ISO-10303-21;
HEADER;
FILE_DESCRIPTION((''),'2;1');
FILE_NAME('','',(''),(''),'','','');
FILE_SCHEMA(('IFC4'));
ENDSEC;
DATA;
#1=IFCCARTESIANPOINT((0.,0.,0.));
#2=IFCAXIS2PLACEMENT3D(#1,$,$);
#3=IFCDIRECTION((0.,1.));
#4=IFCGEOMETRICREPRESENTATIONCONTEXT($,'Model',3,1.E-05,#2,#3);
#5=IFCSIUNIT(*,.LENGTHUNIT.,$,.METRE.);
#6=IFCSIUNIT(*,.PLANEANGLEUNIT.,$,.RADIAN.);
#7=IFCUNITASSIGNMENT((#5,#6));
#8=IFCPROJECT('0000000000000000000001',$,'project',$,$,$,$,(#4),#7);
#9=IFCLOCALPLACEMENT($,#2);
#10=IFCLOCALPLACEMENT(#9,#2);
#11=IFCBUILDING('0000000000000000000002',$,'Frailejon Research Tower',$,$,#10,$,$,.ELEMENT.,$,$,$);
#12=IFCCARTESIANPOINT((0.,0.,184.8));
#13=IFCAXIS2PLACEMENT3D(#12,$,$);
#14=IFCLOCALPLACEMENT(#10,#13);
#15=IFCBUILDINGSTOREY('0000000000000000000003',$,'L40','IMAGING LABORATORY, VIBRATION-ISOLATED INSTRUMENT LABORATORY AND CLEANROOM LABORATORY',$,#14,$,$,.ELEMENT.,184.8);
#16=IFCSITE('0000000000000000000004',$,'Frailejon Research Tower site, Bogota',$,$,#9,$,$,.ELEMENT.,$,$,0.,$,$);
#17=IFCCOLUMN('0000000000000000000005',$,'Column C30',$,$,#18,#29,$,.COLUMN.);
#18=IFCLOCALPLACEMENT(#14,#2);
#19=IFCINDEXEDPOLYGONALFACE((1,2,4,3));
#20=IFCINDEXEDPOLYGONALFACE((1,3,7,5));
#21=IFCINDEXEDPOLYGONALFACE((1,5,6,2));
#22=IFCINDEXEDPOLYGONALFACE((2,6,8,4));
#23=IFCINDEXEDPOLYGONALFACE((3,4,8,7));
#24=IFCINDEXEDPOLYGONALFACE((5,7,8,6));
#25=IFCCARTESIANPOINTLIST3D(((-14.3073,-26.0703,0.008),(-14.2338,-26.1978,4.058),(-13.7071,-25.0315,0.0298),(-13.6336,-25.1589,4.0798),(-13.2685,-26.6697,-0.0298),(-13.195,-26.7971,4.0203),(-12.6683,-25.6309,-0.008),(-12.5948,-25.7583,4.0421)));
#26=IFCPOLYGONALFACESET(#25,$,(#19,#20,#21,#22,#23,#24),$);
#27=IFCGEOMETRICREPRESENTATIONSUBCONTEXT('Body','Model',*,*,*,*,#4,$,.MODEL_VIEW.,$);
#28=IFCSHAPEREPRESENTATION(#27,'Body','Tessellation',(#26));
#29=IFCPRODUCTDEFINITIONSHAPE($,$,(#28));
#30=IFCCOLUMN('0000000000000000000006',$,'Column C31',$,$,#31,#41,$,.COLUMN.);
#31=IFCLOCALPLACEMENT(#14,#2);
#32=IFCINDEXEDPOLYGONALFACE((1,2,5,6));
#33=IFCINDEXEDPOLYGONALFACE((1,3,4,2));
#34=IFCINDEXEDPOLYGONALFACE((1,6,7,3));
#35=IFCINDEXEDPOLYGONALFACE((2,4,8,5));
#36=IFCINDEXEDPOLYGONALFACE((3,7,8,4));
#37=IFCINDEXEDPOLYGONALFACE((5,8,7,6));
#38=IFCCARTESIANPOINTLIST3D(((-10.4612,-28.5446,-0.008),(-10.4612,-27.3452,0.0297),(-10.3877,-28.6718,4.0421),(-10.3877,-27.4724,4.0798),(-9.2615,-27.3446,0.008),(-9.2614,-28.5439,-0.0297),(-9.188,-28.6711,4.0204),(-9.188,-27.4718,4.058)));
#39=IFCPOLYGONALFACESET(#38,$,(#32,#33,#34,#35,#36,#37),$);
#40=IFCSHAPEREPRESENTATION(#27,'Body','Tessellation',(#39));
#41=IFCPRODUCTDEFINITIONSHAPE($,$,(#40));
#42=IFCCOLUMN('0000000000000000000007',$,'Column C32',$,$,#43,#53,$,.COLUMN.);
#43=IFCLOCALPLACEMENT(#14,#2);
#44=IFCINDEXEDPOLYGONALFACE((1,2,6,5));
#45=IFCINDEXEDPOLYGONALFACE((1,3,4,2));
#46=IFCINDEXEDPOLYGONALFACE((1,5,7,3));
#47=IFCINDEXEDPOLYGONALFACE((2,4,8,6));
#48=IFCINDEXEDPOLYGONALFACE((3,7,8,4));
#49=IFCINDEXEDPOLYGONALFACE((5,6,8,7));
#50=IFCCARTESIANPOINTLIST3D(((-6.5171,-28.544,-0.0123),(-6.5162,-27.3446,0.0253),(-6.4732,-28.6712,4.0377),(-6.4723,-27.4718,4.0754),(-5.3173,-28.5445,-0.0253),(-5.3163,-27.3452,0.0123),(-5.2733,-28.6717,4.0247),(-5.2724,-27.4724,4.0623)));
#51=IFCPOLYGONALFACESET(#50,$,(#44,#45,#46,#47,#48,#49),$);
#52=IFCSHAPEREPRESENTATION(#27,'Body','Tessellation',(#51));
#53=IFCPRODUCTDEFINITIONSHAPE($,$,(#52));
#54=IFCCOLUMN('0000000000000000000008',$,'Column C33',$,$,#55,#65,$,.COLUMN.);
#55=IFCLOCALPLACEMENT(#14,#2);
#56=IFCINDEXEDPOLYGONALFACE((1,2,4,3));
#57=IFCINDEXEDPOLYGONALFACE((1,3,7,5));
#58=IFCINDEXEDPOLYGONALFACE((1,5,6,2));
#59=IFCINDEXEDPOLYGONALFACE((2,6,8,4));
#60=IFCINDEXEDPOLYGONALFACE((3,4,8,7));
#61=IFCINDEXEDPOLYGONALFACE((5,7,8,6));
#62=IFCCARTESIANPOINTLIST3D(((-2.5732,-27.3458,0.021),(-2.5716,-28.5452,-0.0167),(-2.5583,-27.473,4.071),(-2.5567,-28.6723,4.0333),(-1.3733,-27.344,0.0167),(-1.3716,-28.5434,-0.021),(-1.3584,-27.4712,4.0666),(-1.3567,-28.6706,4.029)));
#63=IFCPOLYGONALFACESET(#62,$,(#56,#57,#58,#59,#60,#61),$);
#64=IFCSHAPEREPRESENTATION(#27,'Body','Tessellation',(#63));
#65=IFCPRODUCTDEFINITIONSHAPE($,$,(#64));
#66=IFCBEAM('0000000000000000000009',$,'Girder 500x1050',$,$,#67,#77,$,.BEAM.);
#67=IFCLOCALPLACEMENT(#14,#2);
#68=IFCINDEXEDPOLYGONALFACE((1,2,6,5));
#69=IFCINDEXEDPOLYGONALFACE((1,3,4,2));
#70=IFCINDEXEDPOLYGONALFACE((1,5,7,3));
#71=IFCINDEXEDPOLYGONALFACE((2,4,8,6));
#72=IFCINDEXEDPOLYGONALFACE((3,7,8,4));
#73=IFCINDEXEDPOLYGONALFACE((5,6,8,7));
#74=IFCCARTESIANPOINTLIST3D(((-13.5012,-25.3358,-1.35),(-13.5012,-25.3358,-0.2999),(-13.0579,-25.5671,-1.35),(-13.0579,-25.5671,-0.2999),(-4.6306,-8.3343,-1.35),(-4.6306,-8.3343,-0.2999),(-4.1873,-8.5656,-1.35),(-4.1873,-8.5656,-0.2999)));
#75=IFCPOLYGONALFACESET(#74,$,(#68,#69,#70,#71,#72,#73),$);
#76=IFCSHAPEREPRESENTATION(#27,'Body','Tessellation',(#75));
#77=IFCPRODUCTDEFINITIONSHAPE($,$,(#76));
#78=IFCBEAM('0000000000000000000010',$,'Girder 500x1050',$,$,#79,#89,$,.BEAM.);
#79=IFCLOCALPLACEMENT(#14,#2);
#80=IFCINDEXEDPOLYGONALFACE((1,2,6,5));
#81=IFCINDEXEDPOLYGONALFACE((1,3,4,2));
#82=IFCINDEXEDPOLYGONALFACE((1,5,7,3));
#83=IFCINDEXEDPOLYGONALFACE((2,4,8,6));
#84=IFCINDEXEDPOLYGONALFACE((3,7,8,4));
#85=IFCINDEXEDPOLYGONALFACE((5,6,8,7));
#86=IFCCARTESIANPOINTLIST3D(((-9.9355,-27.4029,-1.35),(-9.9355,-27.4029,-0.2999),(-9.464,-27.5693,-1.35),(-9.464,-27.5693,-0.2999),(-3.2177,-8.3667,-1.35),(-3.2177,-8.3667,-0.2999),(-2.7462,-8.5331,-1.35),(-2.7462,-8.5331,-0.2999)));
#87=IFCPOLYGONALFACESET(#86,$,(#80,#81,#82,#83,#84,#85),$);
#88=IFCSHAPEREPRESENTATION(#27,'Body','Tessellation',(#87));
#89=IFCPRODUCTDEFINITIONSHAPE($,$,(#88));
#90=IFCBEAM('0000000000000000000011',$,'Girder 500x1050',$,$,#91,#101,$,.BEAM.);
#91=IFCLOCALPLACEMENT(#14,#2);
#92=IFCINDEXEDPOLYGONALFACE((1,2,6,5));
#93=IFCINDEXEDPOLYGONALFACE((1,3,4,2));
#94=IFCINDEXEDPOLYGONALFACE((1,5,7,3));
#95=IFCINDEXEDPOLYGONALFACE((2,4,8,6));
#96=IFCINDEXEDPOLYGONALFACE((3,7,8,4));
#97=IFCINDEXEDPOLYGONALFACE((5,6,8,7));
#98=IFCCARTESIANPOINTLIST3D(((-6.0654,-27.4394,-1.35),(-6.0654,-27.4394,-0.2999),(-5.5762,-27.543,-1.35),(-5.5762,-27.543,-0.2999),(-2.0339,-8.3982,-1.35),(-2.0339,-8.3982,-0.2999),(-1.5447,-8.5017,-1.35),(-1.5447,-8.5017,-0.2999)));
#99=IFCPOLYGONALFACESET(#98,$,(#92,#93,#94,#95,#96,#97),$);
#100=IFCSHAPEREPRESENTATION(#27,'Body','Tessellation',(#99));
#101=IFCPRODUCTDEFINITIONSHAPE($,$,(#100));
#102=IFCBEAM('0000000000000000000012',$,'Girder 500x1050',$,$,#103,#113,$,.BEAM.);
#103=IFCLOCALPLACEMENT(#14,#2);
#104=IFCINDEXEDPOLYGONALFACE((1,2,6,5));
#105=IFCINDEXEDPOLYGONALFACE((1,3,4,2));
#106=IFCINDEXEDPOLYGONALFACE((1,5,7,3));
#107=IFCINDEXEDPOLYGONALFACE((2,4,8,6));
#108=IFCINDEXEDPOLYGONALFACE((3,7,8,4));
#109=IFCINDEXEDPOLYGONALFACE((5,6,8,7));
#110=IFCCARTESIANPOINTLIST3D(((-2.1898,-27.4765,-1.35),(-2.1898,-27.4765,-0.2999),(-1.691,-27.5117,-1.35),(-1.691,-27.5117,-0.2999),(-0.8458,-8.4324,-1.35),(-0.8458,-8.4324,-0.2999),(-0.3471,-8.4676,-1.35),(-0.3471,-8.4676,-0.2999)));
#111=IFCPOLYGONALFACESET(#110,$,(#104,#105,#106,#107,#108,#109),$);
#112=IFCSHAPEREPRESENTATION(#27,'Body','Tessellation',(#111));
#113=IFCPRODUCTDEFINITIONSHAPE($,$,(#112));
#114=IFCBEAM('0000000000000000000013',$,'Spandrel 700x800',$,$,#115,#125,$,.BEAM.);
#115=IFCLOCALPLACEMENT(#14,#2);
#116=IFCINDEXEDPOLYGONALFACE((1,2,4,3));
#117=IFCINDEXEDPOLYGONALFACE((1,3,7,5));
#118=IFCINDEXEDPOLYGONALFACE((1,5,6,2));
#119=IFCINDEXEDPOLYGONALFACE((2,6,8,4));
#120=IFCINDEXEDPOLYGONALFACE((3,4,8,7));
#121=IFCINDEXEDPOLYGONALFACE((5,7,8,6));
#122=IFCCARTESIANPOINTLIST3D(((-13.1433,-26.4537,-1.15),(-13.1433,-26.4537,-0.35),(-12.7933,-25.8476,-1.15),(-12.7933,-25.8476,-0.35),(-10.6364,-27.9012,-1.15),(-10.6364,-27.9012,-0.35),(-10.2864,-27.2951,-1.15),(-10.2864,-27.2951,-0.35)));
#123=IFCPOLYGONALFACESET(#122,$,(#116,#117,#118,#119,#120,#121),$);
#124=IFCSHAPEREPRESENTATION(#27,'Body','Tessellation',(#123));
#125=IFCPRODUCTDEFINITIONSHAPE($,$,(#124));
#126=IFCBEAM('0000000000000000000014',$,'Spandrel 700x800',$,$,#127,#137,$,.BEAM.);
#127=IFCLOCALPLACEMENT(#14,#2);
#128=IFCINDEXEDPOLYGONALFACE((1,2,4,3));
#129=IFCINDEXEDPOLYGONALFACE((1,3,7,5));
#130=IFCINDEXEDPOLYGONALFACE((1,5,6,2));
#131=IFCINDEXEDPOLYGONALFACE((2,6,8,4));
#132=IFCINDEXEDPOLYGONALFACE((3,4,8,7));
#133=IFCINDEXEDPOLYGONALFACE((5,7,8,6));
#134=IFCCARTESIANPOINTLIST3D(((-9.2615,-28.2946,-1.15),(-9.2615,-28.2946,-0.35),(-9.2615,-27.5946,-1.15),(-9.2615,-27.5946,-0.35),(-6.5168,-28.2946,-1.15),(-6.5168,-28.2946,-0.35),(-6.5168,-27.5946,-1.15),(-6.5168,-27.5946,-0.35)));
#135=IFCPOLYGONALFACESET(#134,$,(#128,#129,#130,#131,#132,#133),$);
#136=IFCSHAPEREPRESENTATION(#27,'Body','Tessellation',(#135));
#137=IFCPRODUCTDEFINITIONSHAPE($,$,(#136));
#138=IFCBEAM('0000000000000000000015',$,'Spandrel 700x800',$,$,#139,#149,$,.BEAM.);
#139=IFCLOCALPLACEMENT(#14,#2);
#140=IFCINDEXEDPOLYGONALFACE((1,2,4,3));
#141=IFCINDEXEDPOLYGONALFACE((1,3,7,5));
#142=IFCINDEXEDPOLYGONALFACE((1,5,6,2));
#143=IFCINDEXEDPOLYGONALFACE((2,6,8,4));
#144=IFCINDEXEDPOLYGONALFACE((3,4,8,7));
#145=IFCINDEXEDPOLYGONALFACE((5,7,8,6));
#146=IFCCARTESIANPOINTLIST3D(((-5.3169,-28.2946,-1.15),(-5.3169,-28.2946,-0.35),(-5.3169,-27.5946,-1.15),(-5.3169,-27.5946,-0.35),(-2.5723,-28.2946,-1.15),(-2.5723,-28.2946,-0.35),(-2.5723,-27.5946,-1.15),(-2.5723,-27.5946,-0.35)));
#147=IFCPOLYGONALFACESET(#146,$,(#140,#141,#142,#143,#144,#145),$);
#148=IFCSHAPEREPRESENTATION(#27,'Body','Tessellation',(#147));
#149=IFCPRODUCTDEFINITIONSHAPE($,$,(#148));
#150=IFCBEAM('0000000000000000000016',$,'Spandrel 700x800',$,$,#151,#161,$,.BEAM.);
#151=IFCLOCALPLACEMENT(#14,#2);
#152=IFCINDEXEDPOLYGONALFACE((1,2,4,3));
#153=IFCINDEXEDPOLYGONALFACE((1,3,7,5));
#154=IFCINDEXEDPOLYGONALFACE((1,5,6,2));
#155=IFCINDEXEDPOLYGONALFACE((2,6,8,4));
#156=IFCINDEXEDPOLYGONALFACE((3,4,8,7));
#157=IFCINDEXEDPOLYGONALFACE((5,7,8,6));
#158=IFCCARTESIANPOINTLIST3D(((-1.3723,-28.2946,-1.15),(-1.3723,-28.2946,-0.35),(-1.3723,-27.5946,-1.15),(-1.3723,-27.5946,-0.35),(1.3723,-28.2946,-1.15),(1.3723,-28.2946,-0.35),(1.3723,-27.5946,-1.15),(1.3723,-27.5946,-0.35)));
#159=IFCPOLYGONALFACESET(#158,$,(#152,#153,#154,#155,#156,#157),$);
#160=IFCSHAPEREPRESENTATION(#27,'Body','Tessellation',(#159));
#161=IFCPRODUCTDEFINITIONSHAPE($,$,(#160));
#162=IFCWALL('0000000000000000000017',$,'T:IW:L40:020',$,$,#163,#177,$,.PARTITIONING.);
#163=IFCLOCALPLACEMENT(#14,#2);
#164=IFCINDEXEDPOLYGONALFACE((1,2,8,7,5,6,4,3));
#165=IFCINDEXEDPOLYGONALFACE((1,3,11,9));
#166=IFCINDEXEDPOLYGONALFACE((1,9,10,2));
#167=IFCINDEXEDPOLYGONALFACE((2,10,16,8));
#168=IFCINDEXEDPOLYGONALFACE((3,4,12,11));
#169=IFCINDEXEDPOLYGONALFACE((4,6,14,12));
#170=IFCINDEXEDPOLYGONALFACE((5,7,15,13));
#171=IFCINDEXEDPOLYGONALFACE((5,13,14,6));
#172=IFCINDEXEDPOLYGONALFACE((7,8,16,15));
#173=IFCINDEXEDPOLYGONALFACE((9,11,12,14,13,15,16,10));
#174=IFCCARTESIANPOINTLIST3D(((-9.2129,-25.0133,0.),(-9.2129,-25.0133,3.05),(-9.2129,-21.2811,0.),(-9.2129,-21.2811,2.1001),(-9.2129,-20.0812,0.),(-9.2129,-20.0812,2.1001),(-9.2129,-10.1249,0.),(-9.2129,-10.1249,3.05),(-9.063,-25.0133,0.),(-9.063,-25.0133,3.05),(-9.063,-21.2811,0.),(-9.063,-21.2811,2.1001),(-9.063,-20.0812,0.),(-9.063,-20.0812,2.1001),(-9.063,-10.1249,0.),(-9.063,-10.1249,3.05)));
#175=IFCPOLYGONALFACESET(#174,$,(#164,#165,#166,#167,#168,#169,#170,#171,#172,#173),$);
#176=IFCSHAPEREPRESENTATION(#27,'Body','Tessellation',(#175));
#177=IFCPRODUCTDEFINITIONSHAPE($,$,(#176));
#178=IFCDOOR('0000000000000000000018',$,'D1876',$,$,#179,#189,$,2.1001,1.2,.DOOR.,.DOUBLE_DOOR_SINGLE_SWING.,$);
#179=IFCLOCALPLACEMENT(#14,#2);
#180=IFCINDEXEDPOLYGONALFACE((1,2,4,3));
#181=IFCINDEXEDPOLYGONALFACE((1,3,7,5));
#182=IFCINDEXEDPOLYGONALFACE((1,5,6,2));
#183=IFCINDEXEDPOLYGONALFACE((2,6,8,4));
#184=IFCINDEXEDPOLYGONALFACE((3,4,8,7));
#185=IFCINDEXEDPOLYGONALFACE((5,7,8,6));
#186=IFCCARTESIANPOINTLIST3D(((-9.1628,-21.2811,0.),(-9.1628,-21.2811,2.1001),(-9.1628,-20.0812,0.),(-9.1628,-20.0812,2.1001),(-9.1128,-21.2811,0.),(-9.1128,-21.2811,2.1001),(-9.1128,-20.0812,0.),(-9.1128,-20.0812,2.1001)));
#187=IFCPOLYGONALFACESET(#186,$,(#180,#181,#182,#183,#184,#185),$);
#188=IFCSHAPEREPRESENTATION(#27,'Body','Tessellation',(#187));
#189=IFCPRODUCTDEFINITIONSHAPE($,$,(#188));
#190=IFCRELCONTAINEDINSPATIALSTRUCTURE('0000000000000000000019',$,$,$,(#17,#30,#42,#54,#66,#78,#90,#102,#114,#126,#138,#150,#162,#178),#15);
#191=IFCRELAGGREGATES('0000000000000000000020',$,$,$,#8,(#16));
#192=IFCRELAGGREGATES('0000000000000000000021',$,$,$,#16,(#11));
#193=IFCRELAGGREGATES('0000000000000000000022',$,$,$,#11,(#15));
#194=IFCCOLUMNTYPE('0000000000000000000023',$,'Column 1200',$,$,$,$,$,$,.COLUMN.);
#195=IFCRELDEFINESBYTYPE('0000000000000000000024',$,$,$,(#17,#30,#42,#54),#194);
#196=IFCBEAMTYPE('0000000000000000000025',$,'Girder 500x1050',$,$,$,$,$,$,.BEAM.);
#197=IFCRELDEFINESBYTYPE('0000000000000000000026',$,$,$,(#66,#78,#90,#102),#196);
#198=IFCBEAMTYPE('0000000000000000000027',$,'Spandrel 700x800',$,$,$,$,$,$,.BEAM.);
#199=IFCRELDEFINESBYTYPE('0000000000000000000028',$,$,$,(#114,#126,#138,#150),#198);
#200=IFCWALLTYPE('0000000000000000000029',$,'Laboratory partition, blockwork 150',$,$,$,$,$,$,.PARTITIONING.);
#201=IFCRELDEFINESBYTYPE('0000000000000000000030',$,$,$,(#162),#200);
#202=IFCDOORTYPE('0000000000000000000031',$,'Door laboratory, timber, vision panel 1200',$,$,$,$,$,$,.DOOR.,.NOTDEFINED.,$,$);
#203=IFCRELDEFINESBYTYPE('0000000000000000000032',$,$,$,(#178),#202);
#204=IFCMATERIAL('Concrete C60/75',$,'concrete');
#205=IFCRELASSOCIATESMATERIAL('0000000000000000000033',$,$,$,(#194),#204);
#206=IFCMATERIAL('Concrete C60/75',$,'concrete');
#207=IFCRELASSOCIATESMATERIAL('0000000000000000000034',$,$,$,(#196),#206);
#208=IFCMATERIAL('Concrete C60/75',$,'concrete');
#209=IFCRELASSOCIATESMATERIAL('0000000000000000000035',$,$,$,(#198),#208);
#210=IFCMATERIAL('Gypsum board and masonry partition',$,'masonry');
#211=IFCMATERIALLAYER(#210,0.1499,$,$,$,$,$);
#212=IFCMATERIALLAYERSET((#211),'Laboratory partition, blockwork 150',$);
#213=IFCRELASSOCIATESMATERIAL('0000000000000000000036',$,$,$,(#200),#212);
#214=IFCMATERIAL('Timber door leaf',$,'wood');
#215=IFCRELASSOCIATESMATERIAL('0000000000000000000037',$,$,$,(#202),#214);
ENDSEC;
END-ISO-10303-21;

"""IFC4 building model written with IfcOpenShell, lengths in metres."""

from ifc_helpers import new_model, si_unit, direction, frame, frame_2d, origin, origin_2d, place, context, subcontext, project, spatial, rectangle, extrude, material, layer, layer_set, material_profile, profile_set, type_object, element, fill, save


model = new_model("IFC4")

# Units and contexts
model_context = context("Model", 3, precision=1e-05, world=origin(), true_north=direction((0.0, 1.0)))
body_context = subcontext(model_context, "Body", "Model", "MODEL_VIEW")
ifc_project = project(units=[si_unit("LENGTHUNIT", "METRE"), si_unit("PLANEANGLEUNIT", "RADIAN")], contexts=[model_context])

# Site, building, storey
site_placement = place(None, origin())
site = spatial("IfcSite", under=ifc_project, at=site_placement, Name="Frailejon Research Tower site, Bogota", CompositionType="ELEMENT", RefElevation=0.0)
building_placement = place(site_placement, origin())
building = spatial("IfcBuilding", under=site, at=building_placement, Name="Frailejon Research Tower", CompositionType="ELEMENT")
storey_placement = place(building_placement, frame((0.0, 0.0, 184.8)))
storey = spatial("IfcBuildingStorey", under=building, at=storey_placement, Name="L40", Description="IMAGING LABORATORY, VIBRATION-ISOLATED INSTRUMENT LABORATORY AND CLEANROOM LABORATORY", CompositionType="ELEMENT", Elevation=184.8)

# Columns
ifc_material_1 = material(Name="Concrete C60/75", Category="concrete")
ifc_material_profile_1 = material_profile(ifc_material_1, rectangle(XDim=1.2, YDim=1.2, at=origin_2d()), Name="Column 1200")
ifc_profile_set_1 = profile_set([ifc_material_profile_1], Name="Concrete C60/75")
column_type = type_object("IfcColumnType", Name="Column 1200", PredefinedType="COLUMN", material=ifc_profile_set_1)
for number, where, z_axis, x_axis, name in (
    (1, (-13.4878, -25.8506, 0.0), (0.018133, -0.031446, 0.999341), (0.865741, -0.499505, -0.031426), "Column C30"),
    (2, (-9.8613, -27.9446, 0.0), (0.018133, -0.031386, 0.999343), (0.999836, 0.000573, -0.018124), "Column C31"),
):
    element("IfcColumn", number, at=place(storey_placement, frame(where, z_axis=z_axis, x_axis=x_axis)), inside=storey, type_object=column_type, Name=name, PredefinedType="COLUMN", context=body_context, shape_type="SweptSolid", body=[
        extrude(rectangle(XDim=1.2, YDim=1.2, at=origin_2d()), origin(), (0.0, 0.0, 1.0), 4.0527),
    ])
column_1_placement = place(storey_placement, frame((-5.9167, -27.9446, 0.0), z_axis=(0.010845, -0.031389, 0.999448), x_axis=(0.999941, -0.000427, -0.010863)))
element("IfcColumn", 3, at=column_1_placement, inside=storey, type_object=column_type, Name="Column C32", PredefinedType="COLUMN", context=body_context, shape_type="SweptSolid", body=[
    extrude(rectangle(XDim=1.2, YDim=1.2, at=origin_2d()), origin(), (0.0, 0.0, 1.0), 4.0522),
])
column_2_placement = place(storey_placement, frame((-1.9724, -27.9446, 0.0), z_axis=(0.003675, -0.031391, 0.9995), x_axis=(0.999992, 0.001487, -0.00363)))
element("IfcColumn", 4, at=column_2_placement, inside=storey, type_object=column_type, Name="Column C33", PredefinedType="COLUMN", context=body_context, shape_type="SweptSolid", body=[
    extrude(rectangle(XDim=1.2, YDim=1.2, at=origin_2d()), origin(), (0.0, 0.0, 1.0), 4.052),
])

# Beams
ifc_material_2 = material(Name="Concrete C60/75", Category="concrete")
ifc_material_profile_2 = material_profile(ifc_material_2, rectangle(XDim=0.5, YDim=1.05, at=origin_2d()), Name="Girder 500x1050")
ifc_profile_set_2 = profile_set([ifc_material_profile_2], Name="Concrete C60/75")
beam_type_1 = type_object("IfcBeamType", Name="Girder 500x1050", PredefinedType="BEAM", material=ifc_profile_set_2)
beam_1_placement = place(storey_placement, frame((-13.2795, -25.4514, -0.825), z_axis=(0.462577, 0.886579, 0.0), x_axis=(-0.886579, 0.462577, 0.0)))
element("IfcBeam", 5, at=beam_1_placement, inside=storey, type_object=beam_type_1, Name="Girder 500x1050", PredefinedType="BEAM", context=body_context, shape_type="SweptSolid", body=[
    extrude(rectangle(XDim=0.5, YDim=1.05, at=origin_2d()), origin(), (0.0, 0.0, 1.0), 19.1765),
])
beam_2_placement = place(storey_placement, frame((-9.6997, -27.4861, -0.825), z_axis=(0.332782, 0.943004, 0.0), x_axis=(-0.943004, 0.332782, 0.0)))
element("IfcBeam", 6, at=beam_2_placement, inside=storey, type_object=beam_type_1, Name="Girder 500x1050", PredefinedType="BEAM", context=body_context, shape_type="SweptSolid", body=[
    extrude(rectangle(XDim=0.5, YDim=1.05, at=origin_2d()), origin(), (0.0, 0.0, 1.0), 20.1868),
])
beam_3_placement = place(storey_placement, frame((-5.8208, -27.4912, -0.825), z_axis=(0.207132, 0.978313, 0.0), x_axis=(-0.978313, 0.207132, 0.0)))
element("IfcBeam", 7, at=beam_3_placement, inside=storey, type_object=beam_type_1, Name="Girder 500x1050", PredefinedType="BEAM", context=body_context, shape_type="SweptSolid", body=[
    extrude(rectangle(XDim=0.5, YDim=1.05, at=origin_2d()), origin(), (0.0, 0.0, 1.0), 19.4634),
])
beam_4_placement = place(storey_placement, frame((-1.9404, -27.4941, -0.825), z_axis=(0.070397, 0.997519, 0.0), x_axis=(-0.997519, 0.070397, 0.0)))
element("IfcBeam", 8, at=beam_4_placement, inside=storey, type_object=beam_type_1, Name="Girder 500x1050", PredefinedType="BEAM", context=body_context, shape_type="SweptSolid", body=[
    extrude(rectangle(XDim=0.5, YDim=1.05, at=origin_2d()), origin(), (0.0, 0.0, 1.0), 19.0916),
])
ifc_material_3 = material(Name="Concrete C60/75", Category="concrete")
ifc_material_profile_3 = material_profile(ifc_material_3, rectangle(XDim=0.7, YDim=0.8, at=origin_2d()), Name="Spandrel 700x800")
ifc_profile_set_3 = profile_set([ifc_material_profile_3], Name="Concrete C60/75")
beam_type_2 = type_object("IfcBeamType", Name="Spandrel 700x800", PredefinedType="BEAM", material=ifc_profile_set_3)
beam_5_placement = place(storey_placement, frame((-12.9683, -26.1506, -0.75), z_axis=(0.865997, -0.500049, 0.0), x_axis=(0.500049, 0.865997, 0.0)))
element("IfcBeam", 9, at=beam_5_placement, inside=storey, type_object=beam_type_2, Name="Spandrel 700x800", PredefinedType="BEAM", context=body_context, shape_type="SweptSolid", body=[
    extrude(rectangle(XDim=0.7, YDim=0.8, at=origin_2d()), origin(), (0.0, 0.0, 1.0), 2.8948),
])
for number, where, z_axis, x_axis, name in (
    (10, (-9.2615, -27.9446, -0.75), (1.0, 0.0, 0.0), (0.0, 1.0, 0.0), "Spandrel 700x800"),
    (11, (-5.3169, -27.9446, -0.75), (1.0, 0.0, 0.0), (0.0, 1.0, 0.0), "Spandrel 700x800"),
    (12, (-1.3723, -27.9446, -0.75), (1.0, 0.0, 0.0), (0.0, 1.0, 0.0), "Spandrel 700x800"),
):
    element("IfcBeam", number, at=place(storey_placement, frame(where, z_axis=z_axis, x_axis=x_axis)), inside=storey, type_object=beam_type_2, Name=name, PredefinedType="BEAM", context=body_context, shape_type="SweptSolid", body=[
        extrude(rectangle(XDim=0.7, YDim=0.8, at=origin_2d()), origin(), (0.0, 0.0, 1.0), 2.7446),
    ])

# Wall, opening, door
ifc_material_4 = material(Name="Gypsum board and masonry partition", Category="masonry")
ifc_layer_1 = layer(ifc_material_4, 0.1499)
ifc_layer_set_1 = layer_set([ifc_layer_1], Name="Laboratory partition, blockwork 150")
wall_type_1 = type_object("IfcWallType", Name="Laboratory partition, blockwork 150", PredefinedType="PARTITIONING", material=ifc_layer_set_1)
wall_1_placement = place(storey_placement, frame((-9.1379, -25.0134, 0.0), z_axis=(0.0, 0.0, 1.0), x_axis=(0.0, 1.0, 0.0)))
wall_1 = element("IfcWall", 13, at=wall_1_placement, inside=storey, type_object=wall_type_1, Name="T:IW:L40:020", PredefinedType="PARTITIONING", context=body_context, shape_type="SweptSolid", body=[
    extrude(rectangle(XDim=14.8884, YDim=0.1499, at=frame_2d((7.4443, 0.0))), origin(), (0.0, 0.0, 1.0), 3.05),
])
opening_1_placement = place(wall_1_placement, frame((3.7322, 0.0, 0.0)))
opening_1 = element("IfcOpeningElement", 14, at=opening_1_placement, cuts=wall_1, PredefinedType="OPENING", context=body_context, shape_type="SweptSolid", body=[
    extrude(rectangle(XDim=1.2, YDim=2.1001, at=frame_2d((0.6001, 1.05))), frame((0.0, 0.085, 0.0), z_axis=(0.0, -1.0, 0.0), x_axis=(1.0, 0.0, 0.0)), (0.0, 0.0, 1.0), 0.1699),
])
ifc_material_5 = material(Name="Timber door leaf", Category="wood")
door_type_1 = type_object("IfcDoorType", Name="Door laboratory, timber, vision panel 1200", OperationType="NOTDEFINED", PredefinedType="DOOR", material=ifc_material_5)
door_1_placement = place(opening_1_placement, origin())
door_1 = element("IfcDoor", 15, at=door_1_placement, inside=storey, type_object=door_type_1, Name="D1876", OperationType="DOUBLE_DOOR_SINGLE_SWING", OverallHeight=2.1001, OverallWidth=1.2, PredefinedType="DOOR", context=body_context, shape_type="SweptSolid", body=[
    extrude(rectangle(XDim=1.2, YDim=2.1001, at=frame_2d((0.6001, 1.05))), frame((0.0, 0.0249, 0.0), z_axis=(0.0, -1.0, 0.0), x_axis=(1.0, 0.0, 0.0)), (0.0, 0.0, 1.0), 0.05),
])
fill(opening_1, door_1)

save(model, "model.ifc")
